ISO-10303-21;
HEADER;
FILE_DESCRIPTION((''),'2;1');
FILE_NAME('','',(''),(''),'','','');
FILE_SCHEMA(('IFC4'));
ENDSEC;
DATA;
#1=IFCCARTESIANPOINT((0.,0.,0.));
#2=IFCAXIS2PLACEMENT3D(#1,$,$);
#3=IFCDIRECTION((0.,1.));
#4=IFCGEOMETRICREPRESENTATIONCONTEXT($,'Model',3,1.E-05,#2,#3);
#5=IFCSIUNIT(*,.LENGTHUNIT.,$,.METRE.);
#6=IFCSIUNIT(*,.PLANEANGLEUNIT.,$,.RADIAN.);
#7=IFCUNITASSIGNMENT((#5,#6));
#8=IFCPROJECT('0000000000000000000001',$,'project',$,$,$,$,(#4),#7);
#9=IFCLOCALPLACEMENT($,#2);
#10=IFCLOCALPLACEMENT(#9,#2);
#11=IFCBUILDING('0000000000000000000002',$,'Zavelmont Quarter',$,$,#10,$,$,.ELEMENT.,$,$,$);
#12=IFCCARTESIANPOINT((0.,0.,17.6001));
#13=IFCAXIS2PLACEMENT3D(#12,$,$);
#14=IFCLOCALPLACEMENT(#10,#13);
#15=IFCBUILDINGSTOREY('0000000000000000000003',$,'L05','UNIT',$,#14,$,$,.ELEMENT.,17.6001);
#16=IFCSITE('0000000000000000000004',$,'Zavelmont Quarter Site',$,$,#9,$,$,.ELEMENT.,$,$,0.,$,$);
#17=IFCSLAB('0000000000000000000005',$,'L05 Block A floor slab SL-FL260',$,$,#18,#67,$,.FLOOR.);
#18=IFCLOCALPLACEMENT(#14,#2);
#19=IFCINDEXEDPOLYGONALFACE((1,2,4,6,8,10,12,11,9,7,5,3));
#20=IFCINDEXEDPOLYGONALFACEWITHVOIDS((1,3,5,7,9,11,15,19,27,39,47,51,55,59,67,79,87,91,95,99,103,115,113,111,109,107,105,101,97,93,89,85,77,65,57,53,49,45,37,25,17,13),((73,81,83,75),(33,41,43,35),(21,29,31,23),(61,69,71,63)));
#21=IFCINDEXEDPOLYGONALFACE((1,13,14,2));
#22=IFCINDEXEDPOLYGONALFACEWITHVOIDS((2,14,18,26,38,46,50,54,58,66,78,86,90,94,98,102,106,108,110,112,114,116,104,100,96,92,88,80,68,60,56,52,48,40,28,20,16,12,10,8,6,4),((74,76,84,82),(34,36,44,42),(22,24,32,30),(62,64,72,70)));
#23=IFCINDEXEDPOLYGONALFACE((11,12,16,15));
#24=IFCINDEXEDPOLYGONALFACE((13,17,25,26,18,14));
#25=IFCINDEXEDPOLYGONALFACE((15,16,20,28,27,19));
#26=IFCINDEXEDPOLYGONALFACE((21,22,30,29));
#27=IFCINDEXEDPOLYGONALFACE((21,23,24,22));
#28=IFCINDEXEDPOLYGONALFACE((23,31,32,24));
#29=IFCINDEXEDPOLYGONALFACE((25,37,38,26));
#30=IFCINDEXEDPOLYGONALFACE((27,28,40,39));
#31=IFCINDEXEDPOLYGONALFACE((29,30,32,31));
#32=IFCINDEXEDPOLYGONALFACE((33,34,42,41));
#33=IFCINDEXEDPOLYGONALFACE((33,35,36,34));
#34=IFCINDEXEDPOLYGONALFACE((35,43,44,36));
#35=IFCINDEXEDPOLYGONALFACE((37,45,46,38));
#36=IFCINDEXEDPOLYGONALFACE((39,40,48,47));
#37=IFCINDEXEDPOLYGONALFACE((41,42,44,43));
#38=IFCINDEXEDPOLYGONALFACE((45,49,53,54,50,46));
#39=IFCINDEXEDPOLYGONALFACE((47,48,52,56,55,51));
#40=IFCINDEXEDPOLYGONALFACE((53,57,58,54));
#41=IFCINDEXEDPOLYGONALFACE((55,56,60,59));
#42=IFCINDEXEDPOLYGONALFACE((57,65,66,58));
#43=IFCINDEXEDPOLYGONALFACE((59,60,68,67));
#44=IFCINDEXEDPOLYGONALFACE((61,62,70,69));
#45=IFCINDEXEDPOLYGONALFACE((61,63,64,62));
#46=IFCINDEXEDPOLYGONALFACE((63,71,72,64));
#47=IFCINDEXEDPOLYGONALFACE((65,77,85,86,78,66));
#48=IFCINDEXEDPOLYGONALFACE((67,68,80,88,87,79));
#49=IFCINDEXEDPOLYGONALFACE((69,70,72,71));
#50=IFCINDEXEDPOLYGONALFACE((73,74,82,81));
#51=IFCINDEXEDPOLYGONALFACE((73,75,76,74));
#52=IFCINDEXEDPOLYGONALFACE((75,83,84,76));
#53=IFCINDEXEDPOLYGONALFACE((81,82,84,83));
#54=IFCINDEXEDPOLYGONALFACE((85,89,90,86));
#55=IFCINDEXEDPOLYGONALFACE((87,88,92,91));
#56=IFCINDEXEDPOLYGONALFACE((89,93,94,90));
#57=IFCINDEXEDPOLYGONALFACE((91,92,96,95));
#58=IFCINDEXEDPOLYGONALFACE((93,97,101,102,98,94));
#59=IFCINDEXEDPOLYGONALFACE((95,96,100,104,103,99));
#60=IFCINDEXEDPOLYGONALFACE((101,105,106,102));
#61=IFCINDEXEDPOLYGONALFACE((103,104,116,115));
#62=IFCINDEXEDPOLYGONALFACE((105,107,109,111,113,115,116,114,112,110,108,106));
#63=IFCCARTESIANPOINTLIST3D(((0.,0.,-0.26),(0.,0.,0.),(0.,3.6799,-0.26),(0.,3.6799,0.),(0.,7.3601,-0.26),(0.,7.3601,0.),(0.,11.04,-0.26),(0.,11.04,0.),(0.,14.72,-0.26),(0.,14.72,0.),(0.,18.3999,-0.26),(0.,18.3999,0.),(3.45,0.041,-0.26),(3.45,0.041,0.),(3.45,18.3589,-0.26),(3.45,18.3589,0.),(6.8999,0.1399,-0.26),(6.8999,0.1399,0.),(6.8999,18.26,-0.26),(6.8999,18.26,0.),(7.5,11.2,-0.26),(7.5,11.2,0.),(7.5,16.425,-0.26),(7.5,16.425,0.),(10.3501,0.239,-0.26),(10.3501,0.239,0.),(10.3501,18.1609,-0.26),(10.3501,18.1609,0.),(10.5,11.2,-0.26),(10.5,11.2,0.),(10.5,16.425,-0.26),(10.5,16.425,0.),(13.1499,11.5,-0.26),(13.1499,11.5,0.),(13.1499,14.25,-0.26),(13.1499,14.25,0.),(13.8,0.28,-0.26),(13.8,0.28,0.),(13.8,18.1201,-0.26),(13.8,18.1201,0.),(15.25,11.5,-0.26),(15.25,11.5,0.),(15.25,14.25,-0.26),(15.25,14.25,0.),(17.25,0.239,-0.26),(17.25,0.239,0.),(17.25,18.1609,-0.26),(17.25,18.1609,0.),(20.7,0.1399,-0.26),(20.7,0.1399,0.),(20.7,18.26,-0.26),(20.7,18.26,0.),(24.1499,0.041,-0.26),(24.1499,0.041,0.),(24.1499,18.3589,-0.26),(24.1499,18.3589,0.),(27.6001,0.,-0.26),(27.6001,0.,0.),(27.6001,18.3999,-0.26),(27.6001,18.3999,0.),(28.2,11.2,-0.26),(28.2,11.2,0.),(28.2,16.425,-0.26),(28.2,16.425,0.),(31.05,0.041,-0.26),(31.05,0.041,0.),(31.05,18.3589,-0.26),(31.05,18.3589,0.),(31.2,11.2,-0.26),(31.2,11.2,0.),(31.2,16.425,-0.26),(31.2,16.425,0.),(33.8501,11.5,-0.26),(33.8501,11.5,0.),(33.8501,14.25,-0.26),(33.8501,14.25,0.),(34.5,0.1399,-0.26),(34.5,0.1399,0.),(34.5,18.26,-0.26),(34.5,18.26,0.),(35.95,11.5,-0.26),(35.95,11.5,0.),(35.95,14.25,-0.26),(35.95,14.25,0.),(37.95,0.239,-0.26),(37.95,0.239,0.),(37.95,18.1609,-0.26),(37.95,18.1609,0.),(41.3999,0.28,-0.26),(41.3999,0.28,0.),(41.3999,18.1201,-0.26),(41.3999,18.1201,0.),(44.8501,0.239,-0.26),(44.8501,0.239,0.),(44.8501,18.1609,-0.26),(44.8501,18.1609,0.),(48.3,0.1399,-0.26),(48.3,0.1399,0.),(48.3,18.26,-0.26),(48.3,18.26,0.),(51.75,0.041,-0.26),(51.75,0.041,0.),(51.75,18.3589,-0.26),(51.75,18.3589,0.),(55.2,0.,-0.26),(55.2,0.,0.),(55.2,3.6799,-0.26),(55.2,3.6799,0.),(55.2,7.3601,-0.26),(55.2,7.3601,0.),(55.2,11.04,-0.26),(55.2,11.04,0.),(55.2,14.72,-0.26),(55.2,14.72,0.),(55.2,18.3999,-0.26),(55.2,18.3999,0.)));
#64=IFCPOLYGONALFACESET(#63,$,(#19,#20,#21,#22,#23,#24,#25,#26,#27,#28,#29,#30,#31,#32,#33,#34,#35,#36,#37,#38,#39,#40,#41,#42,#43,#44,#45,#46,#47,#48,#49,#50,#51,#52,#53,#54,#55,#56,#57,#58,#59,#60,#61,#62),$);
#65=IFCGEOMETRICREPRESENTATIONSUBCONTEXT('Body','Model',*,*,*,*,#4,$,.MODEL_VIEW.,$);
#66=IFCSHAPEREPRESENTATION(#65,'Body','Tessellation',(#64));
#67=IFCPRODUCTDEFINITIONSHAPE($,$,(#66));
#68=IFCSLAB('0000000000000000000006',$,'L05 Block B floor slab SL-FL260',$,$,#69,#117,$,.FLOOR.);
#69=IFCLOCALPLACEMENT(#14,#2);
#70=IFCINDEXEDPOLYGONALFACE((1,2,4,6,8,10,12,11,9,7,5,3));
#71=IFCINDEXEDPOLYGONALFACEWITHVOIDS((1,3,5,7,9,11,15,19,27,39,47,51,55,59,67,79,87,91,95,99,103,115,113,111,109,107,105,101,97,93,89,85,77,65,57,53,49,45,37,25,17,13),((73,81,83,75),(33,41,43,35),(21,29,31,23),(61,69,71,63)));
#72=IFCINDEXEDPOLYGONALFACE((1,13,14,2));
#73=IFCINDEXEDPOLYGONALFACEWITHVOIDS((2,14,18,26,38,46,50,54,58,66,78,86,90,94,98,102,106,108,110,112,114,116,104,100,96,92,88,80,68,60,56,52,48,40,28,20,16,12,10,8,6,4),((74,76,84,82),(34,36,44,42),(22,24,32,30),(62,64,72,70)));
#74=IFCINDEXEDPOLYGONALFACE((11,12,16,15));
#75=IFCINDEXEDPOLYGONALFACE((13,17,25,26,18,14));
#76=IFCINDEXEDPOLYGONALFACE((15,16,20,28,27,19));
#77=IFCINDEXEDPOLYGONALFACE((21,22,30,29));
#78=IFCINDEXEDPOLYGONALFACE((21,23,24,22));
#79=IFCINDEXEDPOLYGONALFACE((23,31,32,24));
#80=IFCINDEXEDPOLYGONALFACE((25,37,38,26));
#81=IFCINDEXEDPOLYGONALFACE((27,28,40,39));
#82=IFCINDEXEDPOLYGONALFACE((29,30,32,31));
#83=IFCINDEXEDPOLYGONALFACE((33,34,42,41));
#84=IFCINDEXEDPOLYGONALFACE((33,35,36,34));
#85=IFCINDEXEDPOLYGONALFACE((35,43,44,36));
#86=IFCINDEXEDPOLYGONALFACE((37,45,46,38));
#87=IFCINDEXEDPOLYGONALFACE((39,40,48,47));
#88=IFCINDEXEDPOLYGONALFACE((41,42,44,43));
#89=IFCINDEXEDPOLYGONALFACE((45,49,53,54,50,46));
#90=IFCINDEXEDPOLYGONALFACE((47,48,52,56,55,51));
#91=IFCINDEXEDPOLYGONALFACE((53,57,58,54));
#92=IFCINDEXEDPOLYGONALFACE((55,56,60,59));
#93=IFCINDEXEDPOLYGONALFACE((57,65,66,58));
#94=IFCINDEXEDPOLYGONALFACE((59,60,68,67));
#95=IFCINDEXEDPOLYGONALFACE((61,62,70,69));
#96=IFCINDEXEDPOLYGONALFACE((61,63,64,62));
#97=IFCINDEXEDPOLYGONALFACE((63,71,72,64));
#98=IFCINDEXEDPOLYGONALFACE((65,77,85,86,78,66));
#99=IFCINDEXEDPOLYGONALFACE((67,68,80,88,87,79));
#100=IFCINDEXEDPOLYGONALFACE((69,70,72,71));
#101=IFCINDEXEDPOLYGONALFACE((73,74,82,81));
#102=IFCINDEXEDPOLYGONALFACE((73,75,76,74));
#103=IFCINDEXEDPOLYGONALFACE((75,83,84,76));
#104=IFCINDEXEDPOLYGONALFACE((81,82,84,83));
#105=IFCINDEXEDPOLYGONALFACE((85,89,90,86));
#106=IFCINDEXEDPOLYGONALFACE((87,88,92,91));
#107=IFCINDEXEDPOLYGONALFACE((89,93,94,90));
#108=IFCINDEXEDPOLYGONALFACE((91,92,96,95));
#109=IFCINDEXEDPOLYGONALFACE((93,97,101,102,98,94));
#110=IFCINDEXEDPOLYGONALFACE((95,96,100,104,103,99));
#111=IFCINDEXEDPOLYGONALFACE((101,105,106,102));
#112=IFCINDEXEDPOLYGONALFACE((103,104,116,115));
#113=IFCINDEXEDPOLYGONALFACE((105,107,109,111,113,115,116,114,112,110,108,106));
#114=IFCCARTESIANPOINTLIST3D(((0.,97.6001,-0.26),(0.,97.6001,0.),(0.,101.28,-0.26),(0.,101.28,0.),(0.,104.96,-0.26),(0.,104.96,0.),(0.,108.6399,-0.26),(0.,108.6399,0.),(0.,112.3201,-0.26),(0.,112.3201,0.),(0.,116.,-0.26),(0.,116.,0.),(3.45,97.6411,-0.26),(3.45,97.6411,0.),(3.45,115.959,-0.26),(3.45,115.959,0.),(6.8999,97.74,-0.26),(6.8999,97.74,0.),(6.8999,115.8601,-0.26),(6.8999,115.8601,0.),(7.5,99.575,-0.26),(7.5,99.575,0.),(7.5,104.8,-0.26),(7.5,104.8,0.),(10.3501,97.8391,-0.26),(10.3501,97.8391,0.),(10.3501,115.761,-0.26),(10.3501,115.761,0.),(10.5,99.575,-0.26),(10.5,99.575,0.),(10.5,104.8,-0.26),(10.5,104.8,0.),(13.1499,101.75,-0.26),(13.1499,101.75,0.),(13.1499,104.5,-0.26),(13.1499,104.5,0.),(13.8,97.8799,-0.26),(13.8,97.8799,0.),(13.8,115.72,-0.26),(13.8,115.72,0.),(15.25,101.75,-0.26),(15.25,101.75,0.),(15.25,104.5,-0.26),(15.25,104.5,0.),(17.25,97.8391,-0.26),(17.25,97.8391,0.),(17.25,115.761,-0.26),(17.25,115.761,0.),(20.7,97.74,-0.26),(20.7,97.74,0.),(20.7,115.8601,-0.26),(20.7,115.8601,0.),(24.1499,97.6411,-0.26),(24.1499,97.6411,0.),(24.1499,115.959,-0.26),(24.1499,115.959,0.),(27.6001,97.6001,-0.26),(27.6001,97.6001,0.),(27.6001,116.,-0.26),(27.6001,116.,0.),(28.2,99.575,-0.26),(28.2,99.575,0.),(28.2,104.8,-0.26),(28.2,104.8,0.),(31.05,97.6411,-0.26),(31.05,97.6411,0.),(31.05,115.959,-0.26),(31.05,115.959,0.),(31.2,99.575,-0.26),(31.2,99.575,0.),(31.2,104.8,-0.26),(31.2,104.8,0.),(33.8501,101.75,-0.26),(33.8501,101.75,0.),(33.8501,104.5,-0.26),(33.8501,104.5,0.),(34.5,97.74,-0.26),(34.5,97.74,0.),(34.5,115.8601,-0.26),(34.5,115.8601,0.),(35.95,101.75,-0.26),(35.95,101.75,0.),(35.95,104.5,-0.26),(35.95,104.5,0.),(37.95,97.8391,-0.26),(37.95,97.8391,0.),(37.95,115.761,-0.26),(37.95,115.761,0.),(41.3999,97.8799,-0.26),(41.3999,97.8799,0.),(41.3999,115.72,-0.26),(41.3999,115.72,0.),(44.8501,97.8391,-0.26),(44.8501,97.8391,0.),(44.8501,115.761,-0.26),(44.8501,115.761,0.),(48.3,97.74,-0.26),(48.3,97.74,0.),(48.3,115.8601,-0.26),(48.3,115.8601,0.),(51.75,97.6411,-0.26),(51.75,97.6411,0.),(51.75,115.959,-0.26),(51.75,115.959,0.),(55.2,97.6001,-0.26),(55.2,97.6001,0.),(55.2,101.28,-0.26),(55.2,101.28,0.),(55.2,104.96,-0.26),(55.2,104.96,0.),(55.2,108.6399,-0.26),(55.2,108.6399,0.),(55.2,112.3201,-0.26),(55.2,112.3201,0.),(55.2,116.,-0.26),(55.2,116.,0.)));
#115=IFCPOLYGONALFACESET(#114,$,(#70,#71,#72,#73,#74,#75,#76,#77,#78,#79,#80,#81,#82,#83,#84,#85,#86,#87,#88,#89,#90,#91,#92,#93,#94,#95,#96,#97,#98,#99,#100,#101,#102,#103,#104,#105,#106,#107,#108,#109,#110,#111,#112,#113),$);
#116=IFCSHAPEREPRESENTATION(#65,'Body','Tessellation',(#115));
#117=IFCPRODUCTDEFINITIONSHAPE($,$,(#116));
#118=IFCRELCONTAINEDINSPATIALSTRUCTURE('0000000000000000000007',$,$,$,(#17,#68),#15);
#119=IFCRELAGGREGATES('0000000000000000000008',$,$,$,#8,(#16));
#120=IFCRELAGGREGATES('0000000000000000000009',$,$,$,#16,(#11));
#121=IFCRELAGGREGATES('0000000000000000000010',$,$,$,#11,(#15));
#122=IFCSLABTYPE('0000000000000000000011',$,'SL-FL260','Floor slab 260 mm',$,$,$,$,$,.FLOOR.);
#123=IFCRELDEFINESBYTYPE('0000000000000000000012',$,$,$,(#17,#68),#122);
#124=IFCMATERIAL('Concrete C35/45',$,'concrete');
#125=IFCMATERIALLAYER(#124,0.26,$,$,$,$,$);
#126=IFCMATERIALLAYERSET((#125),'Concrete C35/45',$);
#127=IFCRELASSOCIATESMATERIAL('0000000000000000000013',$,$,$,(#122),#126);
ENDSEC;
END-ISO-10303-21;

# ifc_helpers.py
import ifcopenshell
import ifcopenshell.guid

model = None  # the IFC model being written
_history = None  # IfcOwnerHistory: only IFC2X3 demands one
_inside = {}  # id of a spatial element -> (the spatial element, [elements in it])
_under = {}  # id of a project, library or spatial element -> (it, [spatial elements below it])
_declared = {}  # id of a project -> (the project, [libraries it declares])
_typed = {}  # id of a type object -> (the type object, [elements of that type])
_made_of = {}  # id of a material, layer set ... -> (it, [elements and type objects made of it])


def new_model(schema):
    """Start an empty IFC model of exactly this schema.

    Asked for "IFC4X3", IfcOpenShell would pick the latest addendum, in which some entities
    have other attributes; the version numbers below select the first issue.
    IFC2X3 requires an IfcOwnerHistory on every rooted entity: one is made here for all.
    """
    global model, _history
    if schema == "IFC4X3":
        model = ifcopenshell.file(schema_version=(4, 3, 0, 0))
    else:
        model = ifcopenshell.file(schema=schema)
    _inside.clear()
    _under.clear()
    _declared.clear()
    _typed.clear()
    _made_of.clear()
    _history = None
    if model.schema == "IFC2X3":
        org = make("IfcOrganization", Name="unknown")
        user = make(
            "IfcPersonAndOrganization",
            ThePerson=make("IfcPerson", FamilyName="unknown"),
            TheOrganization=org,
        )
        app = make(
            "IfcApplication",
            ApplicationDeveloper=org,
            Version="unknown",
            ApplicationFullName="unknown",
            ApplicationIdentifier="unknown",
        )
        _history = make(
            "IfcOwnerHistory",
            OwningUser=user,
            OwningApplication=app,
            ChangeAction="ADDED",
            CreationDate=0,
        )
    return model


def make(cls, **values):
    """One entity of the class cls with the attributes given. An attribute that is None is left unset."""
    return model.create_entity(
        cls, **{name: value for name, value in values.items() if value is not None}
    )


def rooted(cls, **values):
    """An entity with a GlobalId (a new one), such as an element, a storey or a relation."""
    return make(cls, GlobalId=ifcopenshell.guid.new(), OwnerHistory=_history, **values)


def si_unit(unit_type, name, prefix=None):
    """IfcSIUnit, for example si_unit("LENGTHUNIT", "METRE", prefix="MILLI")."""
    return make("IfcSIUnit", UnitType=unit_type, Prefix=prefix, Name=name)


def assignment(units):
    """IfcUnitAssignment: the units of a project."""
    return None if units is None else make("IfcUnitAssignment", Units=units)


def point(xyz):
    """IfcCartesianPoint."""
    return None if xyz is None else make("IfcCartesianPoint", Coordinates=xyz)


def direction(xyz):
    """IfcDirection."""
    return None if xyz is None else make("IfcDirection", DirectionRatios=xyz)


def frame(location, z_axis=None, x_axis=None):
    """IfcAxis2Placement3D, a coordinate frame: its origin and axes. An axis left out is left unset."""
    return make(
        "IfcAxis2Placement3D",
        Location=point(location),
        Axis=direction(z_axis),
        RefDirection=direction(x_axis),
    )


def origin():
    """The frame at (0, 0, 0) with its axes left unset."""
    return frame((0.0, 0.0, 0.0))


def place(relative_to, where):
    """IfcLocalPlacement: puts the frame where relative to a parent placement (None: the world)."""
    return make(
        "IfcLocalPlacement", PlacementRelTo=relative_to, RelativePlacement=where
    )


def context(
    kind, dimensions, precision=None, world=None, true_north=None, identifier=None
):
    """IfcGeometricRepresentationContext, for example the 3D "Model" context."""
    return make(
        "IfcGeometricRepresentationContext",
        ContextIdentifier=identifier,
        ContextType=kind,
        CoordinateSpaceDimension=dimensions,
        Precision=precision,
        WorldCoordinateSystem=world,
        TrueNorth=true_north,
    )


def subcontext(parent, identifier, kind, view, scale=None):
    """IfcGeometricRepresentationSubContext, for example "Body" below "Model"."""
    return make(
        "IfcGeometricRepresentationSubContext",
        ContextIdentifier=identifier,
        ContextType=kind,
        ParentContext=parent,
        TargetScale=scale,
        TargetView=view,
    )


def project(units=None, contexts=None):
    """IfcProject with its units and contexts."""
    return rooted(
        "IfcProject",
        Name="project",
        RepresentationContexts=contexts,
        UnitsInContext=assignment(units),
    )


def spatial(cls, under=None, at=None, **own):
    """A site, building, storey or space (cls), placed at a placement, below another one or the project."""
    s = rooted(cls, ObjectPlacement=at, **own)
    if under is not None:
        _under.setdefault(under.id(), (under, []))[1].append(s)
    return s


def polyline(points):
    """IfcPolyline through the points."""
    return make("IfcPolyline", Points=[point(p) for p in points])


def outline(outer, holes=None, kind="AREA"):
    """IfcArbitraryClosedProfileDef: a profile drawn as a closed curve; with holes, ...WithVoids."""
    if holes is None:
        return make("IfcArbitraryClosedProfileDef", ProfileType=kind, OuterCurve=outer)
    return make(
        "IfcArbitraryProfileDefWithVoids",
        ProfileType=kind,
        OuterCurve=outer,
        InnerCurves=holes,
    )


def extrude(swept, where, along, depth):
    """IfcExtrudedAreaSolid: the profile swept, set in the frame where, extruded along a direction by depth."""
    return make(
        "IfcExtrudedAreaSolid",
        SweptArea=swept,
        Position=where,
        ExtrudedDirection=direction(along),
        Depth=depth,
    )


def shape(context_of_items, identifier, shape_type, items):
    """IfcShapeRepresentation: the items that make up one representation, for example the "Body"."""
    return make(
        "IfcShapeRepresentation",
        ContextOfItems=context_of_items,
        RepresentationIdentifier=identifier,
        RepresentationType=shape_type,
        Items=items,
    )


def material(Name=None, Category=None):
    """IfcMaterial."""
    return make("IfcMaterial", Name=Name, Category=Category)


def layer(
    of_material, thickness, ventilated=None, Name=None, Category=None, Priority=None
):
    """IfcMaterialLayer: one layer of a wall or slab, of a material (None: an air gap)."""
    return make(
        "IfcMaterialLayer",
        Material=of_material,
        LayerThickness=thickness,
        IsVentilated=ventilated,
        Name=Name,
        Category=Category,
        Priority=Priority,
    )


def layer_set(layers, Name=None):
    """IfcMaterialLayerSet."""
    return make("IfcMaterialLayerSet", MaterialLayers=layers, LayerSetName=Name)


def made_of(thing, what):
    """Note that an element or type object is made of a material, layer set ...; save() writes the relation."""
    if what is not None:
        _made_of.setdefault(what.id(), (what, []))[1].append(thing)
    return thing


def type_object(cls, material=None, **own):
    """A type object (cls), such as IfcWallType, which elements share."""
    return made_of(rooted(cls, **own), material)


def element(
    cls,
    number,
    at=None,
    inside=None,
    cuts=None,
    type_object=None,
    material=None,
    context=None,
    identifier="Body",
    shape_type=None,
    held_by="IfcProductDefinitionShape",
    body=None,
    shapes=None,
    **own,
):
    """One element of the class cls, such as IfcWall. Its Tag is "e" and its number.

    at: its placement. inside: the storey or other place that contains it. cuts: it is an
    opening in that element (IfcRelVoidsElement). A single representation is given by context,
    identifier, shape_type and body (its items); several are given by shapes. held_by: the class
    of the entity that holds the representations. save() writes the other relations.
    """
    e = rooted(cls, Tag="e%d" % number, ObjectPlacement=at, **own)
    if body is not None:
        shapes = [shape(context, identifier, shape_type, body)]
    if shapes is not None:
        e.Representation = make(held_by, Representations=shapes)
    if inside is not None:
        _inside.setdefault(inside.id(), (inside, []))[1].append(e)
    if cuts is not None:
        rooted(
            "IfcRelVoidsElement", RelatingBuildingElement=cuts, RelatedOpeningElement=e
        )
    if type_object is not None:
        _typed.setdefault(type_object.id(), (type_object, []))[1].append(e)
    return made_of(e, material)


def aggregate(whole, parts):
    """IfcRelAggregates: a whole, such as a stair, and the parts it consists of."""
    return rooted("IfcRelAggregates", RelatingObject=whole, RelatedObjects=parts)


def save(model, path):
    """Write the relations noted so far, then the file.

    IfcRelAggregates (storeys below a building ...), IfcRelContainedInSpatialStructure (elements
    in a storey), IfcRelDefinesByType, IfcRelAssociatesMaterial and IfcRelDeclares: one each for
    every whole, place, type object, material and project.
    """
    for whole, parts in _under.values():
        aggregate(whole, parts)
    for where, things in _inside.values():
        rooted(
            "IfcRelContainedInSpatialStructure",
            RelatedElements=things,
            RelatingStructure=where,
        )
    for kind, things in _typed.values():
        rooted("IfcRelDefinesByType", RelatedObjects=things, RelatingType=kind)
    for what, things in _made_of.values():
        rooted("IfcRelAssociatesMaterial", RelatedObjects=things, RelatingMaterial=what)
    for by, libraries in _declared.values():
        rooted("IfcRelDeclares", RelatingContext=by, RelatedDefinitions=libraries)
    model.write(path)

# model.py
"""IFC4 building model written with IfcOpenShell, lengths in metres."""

from ifc_helpers import new_model, si_unit, direction, frame, origin, place, context, subcontext, project, spatial, polyline, outline, extrude, material, layer, layer_set, type_object, element, save


model = new_model("IFC4")

# Units and contexts
model_context = context("Model", 3, precision=1e-05, world=origin(), true_north=direction((0.0, 1.0)))
body_context = subcontext(model_context, "Body", "Model", "MODEL_VIEW")
ifc_project = project(units=[si_unit("LENGTHUNIT", "METRE"), si_unit("PLANEANGLEUNIT", "RADIAN")], contexts=[model_context])

# Site, building, storey
site_placement = place(None, origin())
site = spatial("IfcSite", under=ifc_project, at=site_placement, Name="Zavelmont Quarter Site", CompositionType="ELEMENT", RefElevation=0.0)
building_placement = place(site_placement, origin())
building = spatial("IfcBuilding", under=site, at=building_placement, Name="Zavelmont Quarter", CompositionType="ELEMENT")
storey_placement = place(building_placement, frame((0.0, 0.0, 17.6001)))
storey = spatial("IfcBuildingStorey", under=building, at=storey_placement, Name="L05", Description="UNIT", CompositionType="ELEMENT", Elevation=17.6001)

# Shared definitions
ifc_material_1 = material(Name="Concrete C35/45", Category="concrete")

# Slabs
ifc_layer_1 = layer(ifc_material_1, 0.26)
ifc_layer_set_1 = layer_set([ifc_layer_1], Name="Concrete C35/45")
slab_type_1 = type_object("IfcSlabType", Name="SL-FL260", Description="Floor slab 260 mm", PredefinedType="FLOOR", material=ifc_layer_set_1)
slab_1_placement = place(storey_placement, frame((0.0, 0.0, -0.26)))
element("IfcSlab", 1, at=slab_1_placement, inside=storey, type_object=slab_type_1, Name="L05 Block A floor slab SL-FL260", PredefinedType="FLOOR", context=body_context, shape_type="SweptSolid", body=[
    extrude(outline(polyline([(0.0, 0.0), (3.45, 0.041), (6.8999, 0.1399), (10.3501, 0.239), (13.8, 0.28), (17.25, 0.239), (20.7, 0.1399), (24.1499, 0.041), (27.6001, 0.0), (31.05, 0.041), (34.5, 0.1399), (37.95, 0.239), (41.3999, 0.28), (44.8501, 0.239), (48.3, 0.1399), (51.75, 0.041), (55.2, 0.0), (55.2, 3.6799), (55.2, 7.3601), (55.2, 11.04), (55.2, 14.72), (55.2, 18.3999), (51.75, 18.3589), (48.3, 18.26), (44.8501, 18.1609), (41.3999, 18.1201), (37.95, 18.1609), (34.5, 18.26), (31.05, 18.3589), (27.6001, 18.3999), (24.1499, 18.3589), (20.7, 18.26), (17.25, 18.1609), (13.8, 18.1201), (10.3501, 18.1609), (6.8999, 18.26), (3.45, 18.3589), (0.0, 18.3999), (0.0, 14.72), (0.0, 11.04), (0.0, 7.3601), (0.0, 3.6799), (0.0, 0.0)]), holes=[polyline([(7.5, 16.425), (7.5, 11.2), (10.5, 11.2), (10.5, 16.425), (7.5, 16.425)]), polyline([(13.1499, 11.5), (15.25, 11.5), (15.25, 14.25), (13.1499, 14.25), (13.1499, 11.5)]), polyline([(28.2, 16.425), (28.2, 11.2), (31.2, 11.2), (31.2, 16.425), (28.2, 16.425)]), polyline([(33.8501, 11.5), (35.95, 11.5), (35.95, 14.25), (33.8501, 14.25), (33.8501, 11.5)])]), origin(), (0.0, 0.0, 1.0), 0.26),
])
slab_2_placement = place(storey_placement, frame((0.0, 0.0, -0.26)))
element("IfcSlab", 2, at=slab_2_placement, inside=storey, type_object=slab_type_1, Name="L05 Block B floor slab SL-FL260", PredefinedType="FLOOR", context=body_context, shape_type="SweptSolid", body=[
    extrude(outline(polyline([(0.0, 97.6001), (3.45, 97.6411), (6.8999, 97.74), (10.3501, 97.8391), (13.8, 97.8799), (17.25, 97.8391), (20.7, 97.74), (24.1499, 97.6411), (27.6001, 97.6001), (31.05, 97.6411), (34.5, 97.74), (37.95, 97.8391), (41.3999, 97.8799), (44.8501, 97.8391), (48.3, 97.74), (51.75, 97.6411), (55.2, 97.6001), (55.2, 101.28), (55.2, 104.96), (55.2, 108.6399), (55.2, 112.3201), (55.2, 116.0), (51.75, 115.959), (48.3, 115.8601), (44.8501, 115.761), (41.3999, 115.72), (37.95, 115.761), (34.5, 115.8601), (31.05, 115.959), (27.6001, 116.0), (24.1499, 115.959), (20.7, 115.8601), (17.25, 115.761), (13.8, 115.72), (10.3501, 115.761), (6.8999, 115.8601), (3.45, 115.959), (0.0, 116.0), (0.0, 112.3201), (0.0, 108.6399), (0.0, 104.96), (0.0, 101.28), (0.0, 97.6001)]), holes=[polyline([(10.5, 99.575), (10.5, 104.8), (7.5, 104.8), (7.5, 99.575), (10.5, 99.575)]), polyline([(13.1499, 101.75), (15.25, 101.75), (15.25, 104.5), (13.1499, 104.5), (13.1499, 101.75)]), polyline([(31.2, 99.575), (31.2, 104.8), (28.2, 104.8), (28.2, 99.575), (31.2, 99.575)]), polyline([(33.8501, 101.75), (35.95, 101.75), (35.95, 104.5), (33.8501, 104.5), (33.8501, 101.75)])]), origin(), (0.0, 0.0, 1.0), 0.26),
])

save(model, "model.ifc")
